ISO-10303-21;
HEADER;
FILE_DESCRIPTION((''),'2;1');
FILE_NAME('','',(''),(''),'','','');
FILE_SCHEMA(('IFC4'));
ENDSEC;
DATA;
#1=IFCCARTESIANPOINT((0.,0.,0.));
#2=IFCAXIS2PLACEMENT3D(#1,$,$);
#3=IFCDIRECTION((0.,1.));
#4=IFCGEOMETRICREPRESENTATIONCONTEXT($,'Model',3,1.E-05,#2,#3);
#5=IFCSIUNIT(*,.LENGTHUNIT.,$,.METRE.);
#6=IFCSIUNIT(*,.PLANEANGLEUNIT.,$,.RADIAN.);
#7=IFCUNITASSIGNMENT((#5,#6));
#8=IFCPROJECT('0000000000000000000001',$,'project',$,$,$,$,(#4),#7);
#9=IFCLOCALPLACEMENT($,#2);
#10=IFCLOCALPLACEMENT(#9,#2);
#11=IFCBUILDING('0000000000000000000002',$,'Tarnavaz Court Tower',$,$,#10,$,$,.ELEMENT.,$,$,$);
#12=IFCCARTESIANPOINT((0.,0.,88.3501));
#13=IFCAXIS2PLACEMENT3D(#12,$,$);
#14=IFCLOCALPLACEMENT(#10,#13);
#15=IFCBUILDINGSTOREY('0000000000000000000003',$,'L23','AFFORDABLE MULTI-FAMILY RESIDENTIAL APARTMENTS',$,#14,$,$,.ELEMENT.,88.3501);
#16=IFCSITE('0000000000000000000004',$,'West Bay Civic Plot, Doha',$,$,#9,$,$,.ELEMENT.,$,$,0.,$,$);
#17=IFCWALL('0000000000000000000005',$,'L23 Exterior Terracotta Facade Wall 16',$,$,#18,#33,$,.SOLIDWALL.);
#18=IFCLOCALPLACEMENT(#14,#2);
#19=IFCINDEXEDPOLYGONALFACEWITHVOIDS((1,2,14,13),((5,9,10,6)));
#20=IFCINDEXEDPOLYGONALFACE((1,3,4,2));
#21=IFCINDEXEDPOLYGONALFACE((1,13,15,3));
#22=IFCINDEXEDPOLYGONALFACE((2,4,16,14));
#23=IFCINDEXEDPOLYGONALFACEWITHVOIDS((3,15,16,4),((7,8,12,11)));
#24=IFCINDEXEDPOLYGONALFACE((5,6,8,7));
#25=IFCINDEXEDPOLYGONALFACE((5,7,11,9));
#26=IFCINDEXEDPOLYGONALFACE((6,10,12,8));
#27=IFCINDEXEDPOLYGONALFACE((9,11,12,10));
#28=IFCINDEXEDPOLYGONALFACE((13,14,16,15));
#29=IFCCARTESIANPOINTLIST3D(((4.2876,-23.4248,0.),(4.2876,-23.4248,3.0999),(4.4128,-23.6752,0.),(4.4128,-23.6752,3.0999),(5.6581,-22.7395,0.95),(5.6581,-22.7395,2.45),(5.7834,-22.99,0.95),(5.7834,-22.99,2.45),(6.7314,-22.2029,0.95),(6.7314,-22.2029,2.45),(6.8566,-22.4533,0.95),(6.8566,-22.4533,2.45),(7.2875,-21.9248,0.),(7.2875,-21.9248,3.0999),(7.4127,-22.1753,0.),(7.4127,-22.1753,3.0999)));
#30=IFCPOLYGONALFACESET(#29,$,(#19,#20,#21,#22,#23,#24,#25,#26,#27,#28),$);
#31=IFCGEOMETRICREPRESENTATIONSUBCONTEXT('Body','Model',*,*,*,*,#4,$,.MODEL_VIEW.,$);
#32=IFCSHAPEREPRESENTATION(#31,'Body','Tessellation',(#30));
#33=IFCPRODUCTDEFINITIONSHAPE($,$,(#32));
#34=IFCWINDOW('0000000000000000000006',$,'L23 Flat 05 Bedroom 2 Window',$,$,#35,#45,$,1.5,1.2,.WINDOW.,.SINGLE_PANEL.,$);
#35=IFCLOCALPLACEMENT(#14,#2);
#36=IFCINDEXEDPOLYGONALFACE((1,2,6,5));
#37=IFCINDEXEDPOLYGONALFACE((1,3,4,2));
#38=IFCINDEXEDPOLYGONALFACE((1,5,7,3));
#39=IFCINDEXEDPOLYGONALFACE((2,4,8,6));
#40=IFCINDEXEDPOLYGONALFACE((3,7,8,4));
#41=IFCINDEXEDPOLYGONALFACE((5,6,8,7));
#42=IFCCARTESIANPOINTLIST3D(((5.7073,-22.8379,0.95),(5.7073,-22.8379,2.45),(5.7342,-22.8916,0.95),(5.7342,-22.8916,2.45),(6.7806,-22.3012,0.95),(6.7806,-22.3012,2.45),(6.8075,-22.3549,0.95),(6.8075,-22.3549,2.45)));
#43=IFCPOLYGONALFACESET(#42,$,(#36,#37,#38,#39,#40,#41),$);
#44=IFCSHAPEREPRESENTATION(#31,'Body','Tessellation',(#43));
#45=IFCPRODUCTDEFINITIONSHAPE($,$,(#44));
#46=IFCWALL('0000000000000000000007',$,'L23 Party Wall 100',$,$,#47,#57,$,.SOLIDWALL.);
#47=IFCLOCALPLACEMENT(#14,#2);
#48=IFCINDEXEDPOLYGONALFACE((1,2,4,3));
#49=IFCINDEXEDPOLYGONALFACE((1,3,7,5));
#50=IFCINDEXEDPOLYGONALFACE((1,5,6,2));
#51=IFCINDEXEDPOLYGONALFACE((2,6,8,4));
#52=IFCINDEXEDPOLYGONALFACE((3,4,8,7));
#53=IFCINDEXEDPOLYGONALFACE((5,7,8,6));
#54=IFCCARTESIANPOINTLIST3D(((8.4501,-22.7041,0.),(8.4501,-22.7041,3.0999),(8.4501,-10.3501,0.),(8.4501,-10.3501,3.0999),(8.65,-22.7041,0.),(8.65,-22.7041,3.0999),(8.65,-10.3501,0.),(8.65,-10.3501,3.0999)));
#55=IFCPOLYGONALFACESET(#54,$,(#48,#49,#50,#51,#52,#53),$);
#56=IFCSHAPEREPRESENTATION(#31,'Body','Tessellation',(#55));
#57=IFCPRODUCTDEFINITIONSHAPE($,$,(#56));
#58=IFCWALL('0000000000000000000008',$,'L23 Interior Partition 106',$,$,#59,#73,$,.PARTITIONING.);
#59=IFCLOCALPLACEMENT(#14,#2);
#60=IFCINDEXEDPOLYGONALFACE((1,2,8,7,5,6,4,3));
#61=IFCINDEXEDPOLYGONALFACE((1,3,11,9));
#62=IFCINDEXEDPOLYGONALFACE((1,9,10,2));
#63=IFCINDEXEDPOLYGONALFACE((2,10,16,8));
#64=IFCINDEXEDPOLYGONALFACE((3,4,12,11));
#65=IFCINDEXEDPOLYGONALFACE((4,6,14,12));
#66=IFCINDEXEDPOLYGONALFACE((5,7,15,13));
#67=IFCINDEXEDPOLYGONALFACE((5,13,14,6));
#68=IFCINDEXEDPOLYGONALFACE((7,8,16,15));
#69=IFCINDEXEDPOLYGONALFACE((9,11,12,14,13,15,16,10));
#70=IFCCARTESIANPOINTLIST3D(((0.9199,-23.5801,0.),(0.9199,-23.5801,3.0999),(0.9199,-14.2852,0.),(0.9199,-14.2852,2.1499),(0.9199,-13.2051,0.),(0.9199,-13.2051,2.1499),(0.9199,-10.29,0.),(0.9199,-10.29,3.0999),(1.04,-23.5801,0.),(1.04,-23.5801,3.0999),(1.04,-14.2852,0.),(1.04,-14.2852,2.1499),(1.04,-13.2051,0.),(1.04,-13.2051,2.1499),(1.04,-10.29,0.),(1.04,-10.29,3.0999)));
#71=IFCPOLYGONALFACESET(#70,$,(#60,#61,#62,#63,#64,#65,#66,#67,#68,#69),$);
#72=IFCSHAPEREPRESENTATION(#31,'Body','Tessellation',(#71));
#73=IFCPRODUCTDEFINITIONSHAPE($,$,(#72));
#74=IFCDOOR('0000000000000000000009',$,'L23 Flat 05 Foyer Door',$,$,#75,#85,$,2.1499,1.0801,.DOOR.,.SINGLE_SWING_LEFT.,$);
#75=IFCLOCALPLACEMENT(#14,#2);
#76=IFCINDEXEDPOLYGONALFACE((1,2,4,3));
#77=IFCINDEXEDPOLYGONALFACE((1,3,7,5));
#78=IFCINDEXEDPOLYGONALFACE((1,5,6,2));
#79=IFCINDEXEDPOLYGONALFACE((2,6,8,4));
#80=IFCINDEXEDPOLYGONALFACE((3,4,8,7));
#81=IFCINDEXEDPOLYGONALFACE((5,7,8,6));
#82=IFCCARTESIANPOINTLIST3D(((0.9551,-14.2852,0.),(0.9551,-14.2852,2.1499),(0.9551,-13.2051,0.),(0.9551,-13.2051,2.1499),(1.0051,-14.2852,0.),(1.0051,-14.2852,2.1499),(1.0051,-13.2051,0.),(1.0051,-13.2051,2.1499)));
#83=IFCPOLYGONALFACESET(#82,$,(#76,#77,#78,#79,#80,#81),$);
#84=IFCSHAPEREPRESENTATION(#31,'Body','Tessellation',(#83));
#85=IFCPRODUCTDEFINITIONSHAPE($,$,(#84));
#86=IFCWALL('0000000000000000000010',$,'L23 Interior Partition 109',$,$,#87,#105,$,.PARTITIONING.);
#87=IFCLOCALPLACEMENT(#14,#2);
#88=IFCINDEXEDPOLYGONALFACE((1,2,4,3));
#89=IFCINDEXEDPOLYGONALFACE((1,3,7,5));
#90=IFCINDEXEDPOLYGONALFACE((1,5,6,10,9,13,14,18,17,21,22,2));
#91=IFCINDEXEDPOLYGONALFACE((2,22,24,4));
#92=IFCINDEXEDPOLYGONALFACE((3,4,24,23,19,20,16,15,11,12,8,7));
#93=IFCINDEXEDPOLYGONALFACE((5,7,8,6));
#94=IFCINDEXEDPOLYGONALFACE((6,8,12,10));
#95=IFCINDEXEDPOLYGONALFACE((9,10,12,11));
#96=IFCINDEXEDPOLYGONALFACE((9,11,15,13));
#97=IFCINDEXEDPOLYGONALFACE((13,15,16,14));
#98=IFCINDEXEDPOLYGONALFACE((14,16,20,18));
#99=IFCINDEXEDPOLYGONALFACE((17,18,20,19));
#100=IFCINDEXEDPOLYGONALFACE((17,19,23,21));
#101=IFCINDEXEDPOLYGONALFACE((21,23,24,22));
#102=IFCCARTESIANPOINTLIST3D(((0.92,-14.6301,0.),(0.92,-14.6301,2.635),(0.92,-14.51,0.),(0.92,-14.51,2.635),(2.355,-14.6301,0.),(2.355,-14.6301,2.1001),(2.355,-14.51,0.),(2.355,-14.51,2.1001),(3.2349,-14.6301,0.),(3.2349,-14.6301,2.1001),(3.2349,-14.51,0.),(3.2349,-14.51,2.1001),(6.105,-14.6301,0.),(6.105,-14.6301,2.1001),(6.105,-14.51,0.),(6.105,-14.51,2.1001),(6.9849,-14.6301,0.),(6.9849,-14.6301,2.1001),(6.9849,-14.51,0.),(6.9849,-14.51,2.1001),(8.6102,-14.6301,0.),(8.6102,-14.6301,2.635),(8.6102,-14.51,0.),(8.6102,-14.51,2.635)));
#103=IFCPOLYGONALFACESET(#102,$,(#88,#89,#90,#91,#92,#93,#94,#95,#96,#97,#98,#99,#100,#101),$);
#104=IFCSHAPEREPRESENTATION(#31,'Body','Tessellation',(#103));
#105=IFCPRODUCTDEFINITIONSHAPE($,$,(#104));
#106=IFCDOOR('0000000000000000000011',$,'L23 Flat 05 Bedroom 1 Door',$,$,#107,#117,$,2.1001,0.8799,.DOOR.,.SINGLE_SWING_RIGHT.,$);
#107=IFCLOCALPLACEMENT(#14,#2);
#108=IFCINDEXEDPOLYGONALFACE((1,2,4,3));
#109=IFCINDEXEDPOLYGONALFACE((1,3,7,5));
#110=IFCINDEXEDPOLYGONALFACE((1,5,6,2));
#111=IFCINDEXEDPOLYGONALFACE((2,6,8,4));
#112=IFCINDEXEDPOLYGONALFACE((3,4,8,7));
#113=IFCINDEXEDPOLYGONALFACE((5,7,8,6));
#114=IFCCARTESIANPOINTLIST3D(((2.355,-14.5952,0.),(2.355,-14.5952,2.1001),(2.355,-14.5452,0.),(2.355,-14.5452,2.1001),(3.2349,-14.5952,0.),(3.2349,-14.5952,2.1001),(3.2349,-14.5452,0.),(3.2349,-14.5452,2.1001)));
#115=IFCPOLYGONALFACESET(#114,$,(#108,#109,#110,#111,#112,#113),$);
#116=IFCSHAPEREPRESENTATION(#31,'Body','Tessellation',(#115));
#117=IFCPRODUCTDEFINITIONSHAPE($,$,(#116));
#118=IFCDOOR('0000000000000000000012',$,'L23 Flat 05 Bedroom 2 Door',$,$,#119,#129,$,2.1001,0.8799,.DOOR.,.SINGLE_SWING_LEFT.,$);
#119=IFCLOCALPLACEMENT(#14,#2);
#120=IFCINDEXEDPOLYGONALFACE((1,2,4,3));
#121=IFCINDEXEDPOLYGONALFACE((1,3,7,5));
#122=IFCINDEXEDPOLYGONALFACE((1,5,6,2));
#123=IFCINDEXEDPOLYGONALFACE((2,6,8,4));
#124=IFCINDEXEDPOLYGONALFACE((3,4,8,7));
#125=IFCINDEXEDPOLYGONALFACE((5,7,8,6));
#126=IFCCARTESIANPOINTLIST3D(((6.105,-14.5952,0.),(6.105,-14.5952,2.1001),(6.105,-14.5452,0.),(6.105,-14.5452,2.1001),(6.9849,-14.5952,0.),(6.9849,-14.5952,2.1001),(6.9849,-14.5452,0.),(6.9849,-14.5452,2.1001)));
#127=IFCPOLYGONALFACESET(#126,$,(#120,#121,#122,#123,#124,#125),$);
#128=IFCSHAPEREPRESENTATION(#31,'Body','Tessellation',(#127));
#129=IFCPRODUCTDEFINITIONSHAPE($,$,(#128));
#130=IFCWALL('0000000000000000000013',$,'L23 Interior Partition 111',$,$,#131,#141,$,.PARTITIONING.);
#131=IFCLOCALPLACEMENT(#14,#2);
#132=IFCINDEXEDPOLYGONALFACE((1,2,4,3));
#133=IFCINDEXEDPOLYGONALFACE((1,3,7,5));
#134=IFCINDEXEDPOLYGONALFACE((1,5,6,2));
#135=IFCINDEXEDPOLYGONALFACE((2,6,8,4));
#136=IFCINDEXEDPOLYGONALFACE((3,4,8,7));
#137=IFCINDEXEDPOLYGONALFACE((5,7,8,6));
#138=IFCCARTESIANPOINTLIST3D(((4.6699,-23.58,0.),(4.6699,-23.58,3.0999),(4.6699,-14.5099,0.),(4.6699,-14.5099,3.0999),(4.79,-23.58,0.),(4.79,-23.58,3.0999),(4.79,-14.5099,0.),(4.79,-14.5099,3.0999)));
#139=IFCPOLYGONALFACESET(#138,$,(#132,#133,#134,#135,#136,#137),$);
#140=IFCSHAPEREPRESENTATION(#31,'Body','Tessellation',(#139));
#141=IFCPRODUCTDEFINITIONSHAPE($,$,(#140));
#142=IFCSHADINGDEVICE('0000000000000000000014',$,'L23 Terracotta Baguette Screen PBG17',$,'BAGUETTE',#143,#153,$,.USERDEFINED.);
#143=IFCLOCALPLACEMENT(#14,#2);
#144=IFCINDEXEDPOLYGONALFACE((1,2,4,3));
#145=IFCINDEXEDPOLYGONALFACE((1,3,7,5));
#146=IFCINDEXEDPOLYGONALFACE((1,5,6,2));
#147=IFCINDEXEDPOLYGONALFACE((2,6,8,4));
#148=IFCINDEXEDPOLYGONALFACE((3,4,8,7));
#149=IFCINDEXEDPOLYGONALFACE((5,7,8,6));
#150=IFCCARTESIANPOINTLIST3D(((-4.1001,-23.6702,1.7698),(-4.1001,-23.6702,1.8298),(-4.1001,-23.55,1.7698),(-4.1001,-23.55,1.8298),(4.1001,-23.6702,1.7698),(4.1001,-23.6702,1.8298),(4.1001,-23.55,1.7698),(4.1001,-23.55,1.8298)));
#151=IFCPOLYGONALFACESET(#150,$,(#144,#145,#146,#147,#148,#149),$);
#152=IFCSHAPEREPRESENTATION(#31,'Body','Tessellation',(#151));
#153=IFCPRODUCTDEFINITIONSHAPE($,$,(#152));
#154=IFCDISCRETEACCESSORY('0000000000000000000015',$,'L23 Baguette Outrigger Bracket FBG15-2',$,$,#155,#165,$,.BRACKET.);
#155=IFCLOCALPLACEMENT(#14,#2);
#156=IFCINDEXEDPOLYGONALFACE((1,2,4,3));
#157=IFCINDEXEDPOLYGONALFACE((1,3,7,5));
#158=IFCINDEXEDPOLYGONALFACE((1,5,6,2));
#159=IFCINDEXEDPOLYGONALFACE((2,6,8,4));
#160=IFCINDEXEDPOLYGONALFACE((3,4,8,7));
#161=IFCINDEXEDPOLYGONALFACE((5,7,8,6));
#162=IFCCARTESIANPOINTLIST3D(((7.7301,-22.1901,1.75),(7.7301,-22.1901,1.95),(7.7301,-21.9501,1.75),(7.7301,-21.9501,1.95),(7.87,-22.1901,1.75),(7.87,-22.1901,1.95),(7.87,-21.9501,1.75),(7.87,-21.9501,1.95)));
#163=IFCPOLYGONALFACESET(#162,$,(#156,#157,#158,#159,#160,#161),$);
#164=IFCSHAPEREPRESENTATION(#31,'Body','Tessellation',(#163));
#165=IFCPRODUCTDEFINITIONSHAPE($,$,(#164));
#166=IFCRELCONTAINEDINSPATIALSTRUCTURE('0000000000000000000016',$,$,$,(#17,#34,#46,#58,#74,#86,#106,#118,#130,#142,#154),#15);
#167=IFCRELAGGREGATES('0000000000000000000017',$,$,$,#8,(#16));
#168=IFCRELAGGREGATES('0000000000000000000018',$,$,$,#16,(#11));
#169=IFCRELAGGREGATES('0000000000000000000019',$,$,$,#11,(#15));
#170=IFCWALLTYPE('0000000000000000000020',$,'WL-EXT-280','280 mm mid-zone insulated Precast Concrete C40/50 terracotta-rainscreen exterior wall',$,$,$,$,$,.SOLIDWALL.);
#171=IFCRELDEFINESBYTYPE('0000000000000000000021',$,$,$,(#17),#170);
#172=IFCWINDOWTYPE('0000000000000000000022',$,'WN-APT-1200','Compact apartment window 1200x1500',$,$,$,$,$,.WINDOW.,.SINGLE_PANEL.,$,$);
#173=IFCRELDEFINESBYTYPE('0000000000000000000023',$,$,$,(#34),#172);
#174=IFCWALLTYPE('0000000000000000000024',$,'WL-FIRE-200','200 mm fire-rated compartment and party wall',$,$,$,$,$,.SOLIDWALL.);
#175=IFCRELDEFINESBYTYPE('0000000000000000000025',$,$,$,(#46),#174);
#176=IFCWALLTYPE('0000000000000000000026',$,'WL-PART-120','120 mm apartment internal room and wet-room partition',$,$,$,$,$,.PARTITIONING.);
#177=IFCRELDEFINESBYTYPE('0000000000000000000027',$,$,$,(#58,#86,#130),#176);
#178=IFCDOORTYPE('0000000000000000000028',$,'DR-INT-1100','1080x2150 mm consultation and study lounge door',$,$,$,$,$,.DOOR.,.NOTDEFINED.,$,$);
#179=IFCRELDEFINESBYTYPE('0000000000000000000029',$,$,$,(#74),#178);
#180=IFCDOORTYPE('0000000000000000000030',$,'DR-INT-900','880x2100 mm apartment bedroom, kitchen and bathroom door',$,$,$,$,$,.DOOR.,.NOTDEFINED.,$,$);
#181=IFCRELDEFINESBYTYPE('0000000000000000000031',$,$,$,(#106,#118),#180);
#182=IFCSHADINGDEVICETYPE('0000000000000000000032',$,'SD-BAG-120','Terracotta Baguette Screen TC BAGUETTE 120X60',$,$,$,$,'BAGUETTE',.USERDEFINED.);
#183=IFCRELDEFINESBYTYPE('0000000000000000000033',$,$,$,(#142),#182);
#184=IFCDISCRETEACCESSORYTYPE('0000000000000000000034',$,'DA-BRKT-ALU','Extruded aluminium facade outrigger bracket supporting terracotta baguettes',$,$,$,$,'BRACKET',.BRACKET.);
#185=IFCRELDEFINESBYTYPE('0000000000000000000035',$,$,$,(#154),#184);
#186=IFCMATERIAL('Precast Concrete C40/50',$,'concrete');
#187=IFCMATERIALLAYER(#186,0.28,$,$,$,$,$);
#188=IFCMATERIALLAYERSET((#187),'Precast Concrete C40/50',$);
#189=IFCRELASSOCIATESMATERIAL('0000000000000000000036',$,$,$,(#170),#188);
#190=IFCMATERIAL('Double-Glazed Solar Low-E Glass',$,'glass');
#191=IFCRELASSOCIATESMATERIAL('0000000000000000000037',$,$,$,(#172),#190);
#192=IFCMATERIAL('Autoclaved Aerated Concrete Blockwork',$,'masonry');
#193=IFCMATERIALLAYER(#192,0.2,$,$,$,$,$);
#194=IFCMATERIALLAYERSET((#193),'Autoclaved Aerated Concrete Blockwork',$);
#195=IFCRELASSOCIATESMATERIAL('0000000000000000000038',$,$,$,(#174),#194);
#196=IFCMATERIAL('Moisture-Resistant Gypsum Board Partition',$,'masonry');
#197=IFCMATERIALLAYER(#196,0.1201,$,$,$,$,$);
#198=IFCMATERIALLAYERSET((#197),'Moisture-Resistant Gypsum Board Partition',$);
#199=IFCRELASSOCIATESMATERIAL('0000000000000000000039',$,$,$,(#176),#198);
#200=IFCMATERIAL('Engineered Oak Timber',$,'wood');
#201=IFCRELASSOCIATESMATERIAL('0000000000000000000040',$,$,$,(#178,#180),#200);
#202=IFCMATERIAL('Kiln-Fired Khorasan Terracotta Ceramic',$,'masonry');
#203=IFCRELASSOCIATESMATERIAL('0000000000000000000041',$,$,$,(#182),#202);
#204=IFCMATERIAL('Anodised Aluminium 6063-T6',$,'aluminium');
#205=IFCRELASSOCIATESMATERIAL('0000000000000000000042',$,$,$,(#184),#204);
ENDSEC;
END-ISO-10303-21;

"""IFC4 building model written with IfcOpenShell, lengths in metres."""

from ifc_helpers import new_model, si_unit, direction, frame, frame_2d, origin, origin_2d, place, context, subcontext, project, spatial, rectangle, extrude, material, layer, layer_set, material_profile, profile_set, type_object, element, fill, save


model = new_model("IFC4")

# Units and contexts
model_context = context("Model", 3, precision=1e-05, world=origin(), true_north=direction((0.0, 1.0)))
body_context = subcontext(model_context, "Body", "Model", "MODEL_VIEW")
ifc_project = project(units=[si_unit("LENGTHUNIT", "METRE"), si_unit("PLANEANGLEUNIT", "RADIAN")], contexts=[model_context])

# Site, building, storey
site_placement = place(None, origin())
site = spatial("IfcSite", under=ifc_project, at=site_placement, Name="West Bay Civic Plot, Doha", CompositionType="ELEMENT", RefElevation=0.0)
building_placement = place(site_placement, origin())
building = spatial("IfcBuilding", under=site, at=building_placement, Name="Tarnavaz Court Tower", CompositionType="ELEMENT")
storey_placement = place(building_placement, frame((0.0, 0.0, 88.3501)))
storey = spatial("IfcBuildingStorey", under=building, at=storey_placement, Name="L23", Description="AFFORDABLE MULTI-FAMILY RESIDENTIAL APARTMENTS", CompositionType="ELEMENT", Elevation=88.3501)

# Shared definitions
ifc_material_1 = material(Name="Anodised Aluminium 6063-T6", Category="aluminium")
ifc_material_2 = material(Name="Double-Glazed Solar Low-E Glass", Category="glass")

# Wall, opening, window
ifc_material_3 = material(Name="Precast Concrete C40/50", Category="concrete")
ifc_layer_1 = layer(ifc_material_3, 0.28)
ifc_layer_set_1 = layer_set([ifc_layer_1], Name="Precast Concrete C40/50")
wall_type_1 = type_object("IfcWallType", Name="WL-EXT-280", Description="280 mm mid-zone insulated Precast Concrete C40/50 terracotta-rainscreen exterior wall", PredefinedType="SOLIDWALL", material=ifc_layer_set_1)
wall_1_placement = place(storey_placement, frame((7.3501, -22.05, 0.0), z_axis=(0.0, 0.0, 1.0), x_axis=(-0.894427, -0.447214, 0.0)))
wall_1 = element("IfcWall", 1, at=wall_1_placement, inside=storey, type_object=wall_type_1, Name="L23 Exterior Terracotta Facade Wall 16", PredefinedType="SOLIDWALL", context=body_context, shape_type="SweptSolid", body=[
    extrude(rectangle(XDim=3.354, YDim=0.28, at=frame_2d((1.677, 0.0))), origin(), (0.0, 0.0, 1.0), 3.0999),
])
opening_1_placement = place(wall_1_placement, frame((0.6216, 0.0, 0.95)))
opening_1 = element("IfcOpeningElement", 2, at=opening_1_placement, cuts=wall_1, PredefinedType="OPENING", context=body_context, shape_type="SweptSolid", body=[
    extrude(rectangle(XDim=1.2, YDim=1.5, at=frame_2d((0.6001, 0.75))), frame((0.0, 0.1499, 0.0), z_axis=(0.0, -1.0, 0.0), x_axis=(1.0, 0.0, 0.0)), (0.0, 0.0, 1.0), 0.3),
])
window_type = type_object("IfcWindowType", Name="WN-APT-1200", Description="Compact apartment window 1200x1500", PartitioningType="SINGLE_PANEL", PredefinedType="WINDOW", material=ifc_material_2)
window_placement = place(opening_1_placement, origin())
window = element("IfcWindow", 3, at=window_placement, inside=storey, type_object=window_type, Name="L23 Flat 05 Bedroom 2 Window", OverallHeight=1.5, OverallWidth=1.2, PartitioningType="SINGLE_PANEL", PredefinedType="WINDOW", context=body_context, shape_type="SweptSolid", body=[
    extrude(rectangle(XDim=1.2, YDim=1.5, at=frame_2d((0.6001, 0.75))), frame((0.0, 0.03, 0.0), z_axis=(0.0, -1.0, 0.0), x_axis=(1.0, 0.0, 0.0)), (0.0, 0.0, 1.0), 0.0601),
])
fill(opening_1, window)

# Wall
ifc_material_4 = material(Name="Autoclaved Aerated Concrete Blockwork", Category="masonry")
ifc_layer_2 = layer(ifc_material_4, 0.2)
ifc_layer_set_2 = layer_set([ifc_layer_2], Name="Autoclaved Aerated Concrete Blockwork")
wall_type_2 = type_object("IfcWallType", Name="WL-FIRE-200", Description="200 mm fire-rated compartment and party wall", PredefinedType="SOLIDWALL", material=ifc_layer_set_2)
wall_2_placement = place(storey_placement, frame((8.55, -22.7041, 0.0), z_axis=(0.0, 0.0, 1.0), x_axis=(0.0, 1.0, 0.0)))
element("IfcWall", 4, at=wall_2_placement, inside=storey, type_object=wall_type_2, Name="L23 Party Wall 100", PredefinedType="SOLIDWALL", context=body_context, shape_type="SweptSolid", body=[
    extrude(rectangle(XDim=12.354, YDim=0.2, at=frame_2d((6.177, 0.0))), origin(), (0.0, 0.0, 1.0), 3.0999),
])

# Wall, opening, door
ifc_material_5 = material(Name="Moisture-Resistant Gypsum Board Partition", Category="masonry")
ifc_layer_3 = layer(ifc_material_5, 0.1201)
ifc_layer_set_3 = layer_set([ifc_layer_3], Name="Moisture-Resistant Gypsum Board Partition")
wall_type_3 = type_object("IfcWallType", Name="WL-PART-120", Description="120 mm apartment internal room and wet-room partition", PredefinedType="PARTITIONING", material=ifc_layer_set_3)
wall_3_placement = place(storey_placement, frame((0.98, -23.5801, 0.0), z_axis=(0.0, 0.0, 1.0), x_axis=(0.0, 1.0, 0.0)))
wall_3 = element("IfcWall", 5, at=wall_3_placement, inside=storey, type_object=wall_type_3, Name="L23 Interior Partition 106", PredefinedType="PARTITIONING", context=body_context, shape_type="SweptSolid", body=[
    extrude(rectangle(XDim=13.29, YDim=0.1201, at=frame_2d((6.645, 0.0))), origin(), (0.0, 0.0, 1.0), 3.0999),
])
opening_2_placement = place(wall_3_placement, frame((9.2949, 0.0, 0.0)))
opening_2 = element("IfcOpeningElement", 6, at=opening_2_placement, cuts=wall_3, PredefinedType="OPENING", context=body_context, shape_type="SweptSolid", body=[
    extrude(rectangle(XDim=1.0801, YDim=2.1499, at=frame_2d((0.54, 1.075))), frame((0.0, 0.0701, 0.0), z_axis=(0.0, -1.0, 0.0), x_axis=(1.0, 0.0, 0.0)), (0.0, 0.0, 1.0), 0.1401),
])
ifc_material_6 = material(Name="Engineered Oak Timber", Category="wood")
door_type_1 = type_object("IfcDoorType", Name="DR-INT-1100", Description="1080x2150 mm consultation and study lounge door", OperationType="NOTDEFINED", PredefinedType="DOOR", material=ifc_material_6)
door_1_placement = place(opening_2_placement, origin())
door_1 = element("IfcDoor", 7, at=door_1_placement, inside=storey, type_object=door_type_1, Name="L23 Flat 05 Foyer Door", OperationType="SINGLE_SWING_LEFT", OverallHeight=2.1499, OverallWidth=1.0801, PredefinedType="DOOR", context=body_context, shape_type="SweptSolid", body=[
    extrude(rectangle(XDim=1.0801, YDim=2.1499, at=frame_2d((0.54, 1.075))), frame((0.0, 0.0249, 0.0), z_axis=(0.0, -1.0, 0.0), x_axis=(1.0, 0.0, 0.0)), (0.0, 0.0, 1.0), 0.05),
])
fill(opening_2, door_1)

# Wall, openings, doors
wall_4_placement = place(storey_placement, frame((0.9199, -14.5701, 0.0), z_axis=(0.0, 0.0, 1.0), x_axis=(1.0, 0.0, 0.0)))
wall_4 = element("IfcWall", 8, at=wall_4_placement, inside=storey, type_object=wall_type_3, Name="L23 Interior Partition 109", PredefinedType="PARTITIONING", context=body_context, shape_type="SweptSolid", body=[
    extrude(rectangle(XDim=7.6902, YDim=0.1201, at=frame_2d((3.8452, 0.0))), origin(), (0.0, 0.0, 1.0), 2.635),
])
opening_3_placement = place(wall_4_placement, frame((1.4351, 0.0, 0.0)))
opening_3 = element("IfcOpeningElement", 9, at=opening_3_placement, cuts=wall_4, PredefinedType="OPENING", context=body_context, shape_type="SweptSolid", body=[
    extrude(rectangle(XDim=0.8799, YDim=2.1001, at=frame_2d((0.4399, 1.05))), frame((0.0, 0.0701, 0.0), z_axis=(0.0, -1.0, 0.0), x_axis=(1.0, 0.0, 0.0)), (0.0, 0.0, 1.0), 0.1401),
])
opening_4_placement = place(wall_4_placement, frame((5.1851, 0.0, 0.0)))
opening_4 = element("IfcOpeningElement", 10, at=opening_4_placement, cuts=wall_4, PredefinedType="OPENING", context=body_context, shape_type="SweptSolid", body=[
    extrude(rectangle(XDim=0.8799, YDim=2.1001, at=frame_2d((0.4399, 1.05))), frame((0.0, 0.0701, 0.0), z_axis=(0.0, -1.0, 0.0), x_axis=(1.0, 0.0, 0.0)), (0.0, 0.0, 1.0), 0.1401),
])
door_type_2 = type_object("IfcDoorType", Name="DR-INT-900", Description="880x2100 mm apartment bedroom, kitchen and bathroom door", OperationType="NOTDEFINED", PredefinedType="DOOR", material=ifc_material_6)
door_2_placement = place(opening_3_placement, origin())
door_2 = element("IfcDoor", 11, at=door_2_placement, inside=storey, type_object=door_type_2, Name="L23 Flat 05 Bedroom 1 Door", OperationType="SINGLE_SWING_RIGHT", OverallHeight=2.1001, OverallWidth=0.8799, PredefinedType="DOOR", context=body_context, shape_type="SweptSolid", body=[
    extrude(rectangle(XDim=0.8799, YDim=2.1001, at=frame_2d((0.4399, 1.05))), frame((0.0, 0.0249, 0.0), z_axis=(0.0, -1.0, 0.0), x_axis=(1.0, 0.0, 0.0)), (0.0, 0.0, 1.0), 0.05),
])
fill(opening_3, door_2)
door_3_placement = place(opening_4_placement, origin())
door_3 = element("IfcDoor", 12, at=door_3_placement, inside=storey, type_object=door_type_2, Name="L23 Flat 05 Bedroom 2 Door", OperationType="SINGLE_SWING_LEFT", OverallHeight=2.1001, OverallWidth=0.8799, PredefinedType="DOOR", context=body_context, shape_type="SweptSolid", body=[
    extrude(rectangle(XDim=0.8799, YDim=2.1001, at=frame_2d((0.4399, 1.05))), frame((0.0, 0.0249, 0.0), z_axis=(0.0, -1.0, 0.0), x_axis=(1.0, 0.0, 0.0)), (0.0, 0.0, 1.0), 0.05),
])
fill(opening_4, door_3)

# Wall
wall_5_placement = place(storey_placement, frame((4.73, -23.5801, 0.0), z_axis=(0.0, 0.0, 1.0), x_axis=(0.0, 1.0, 0.0)))
element("IfcWall", 13, at=wall_5_placement, inside=storey, type_object=wall_type_3, Name="L23 Interior Partition 111", PredefinedType="PARTITIONING", context=body_context, shape_type="SweptSolid", body=[
    extrude(rectangle(XDim=9.0701, YDim=0.1201, at=frame_2d((4.5352, 0.0))), origin(), (0.0, 0.0, 1.0), 3.0999),
])

# Shading device
ifc_material_7 = material(Name="Kiln-Fired Khorasan Terracotta Ceramic", Category="masonry")
ifc_material_profile_1 = material_profile(ifc_material_7, rectangle(XDim=0.1201, YDim=0.0601, at=origin_2d()), Name="TC BAGUETTE 120X60")
ifc_profile_set_1 = profile_set([ifc_material_profile_1], Name="Kiln-Fired Khorasan Terracotta Ceramic")
shading_device_type = type_object("IfcShadingDeviceType", Name="SD-BAG-120", Description="Terracotta Baguette Screen TC BAGUETTE 120X60", ElementType="BAGUETTE", PredefinedType="USERDEFINED", material=ifc_profile_set_1)
shading_device_placement = place(storey_placement, frame((4.1001, -23.6101, 1.7998), z_axis=(-1.0, 0.0, 0.0), x_axis=(0.0, -1.0, 0.0)))
element("IfcShadingDevice", 14, at=shading_device_placement, inside=storey, type_object=shading_device_type, Name="L23 Terracotta Baguette Screen PBG17", ObjectType="BAGUETTE", PredefinedType="USERDEFINED", context=body_context, shape_type="SweptSolid", body=[
    extrude(rectangle(XDim=0.1201, YDim=0.0601, at=origin_2d()), origin(), (0.0, 0.0, 1.0), 8.2002),
])

# Discrete accessory
discrete_accessory_type = type_object("IfcDiscreteAccessoryType", Name="DA-BRKT-ALU", Description="Extruded aluminium facade outrigger bracket supporting terracotta baguettes", ElementType="BRACKET", PredefinedType="BRACKET", material=ifc_material_1)
for number, where, z_axis, x_axis, name in (
    (15, (7.8, -22.0701, 1.75), (0.0, 0.0, 1.0), (-1.0, 0.0, 0.0), "L23 Baguette Outrigger Bracket FBG15-2"),
):
    element("IfcDiscreteAccessory", number, at=place(storey_placement, frame(where, z_axis=z_axis, x_axis=x_axis)), inside=storey, type_object=discrete_accessory_type, Name=name, PredefinedType="BRACKET", context=body_context, shape_type="SweptSolid", body=[
        extrude(rectangle(XDim=0.1399, YDim=0.24, at=origin_2d()), origin(), (0.0, 0.0, 1.0), 0.2),
    ])

save(model, "model.ifc")
